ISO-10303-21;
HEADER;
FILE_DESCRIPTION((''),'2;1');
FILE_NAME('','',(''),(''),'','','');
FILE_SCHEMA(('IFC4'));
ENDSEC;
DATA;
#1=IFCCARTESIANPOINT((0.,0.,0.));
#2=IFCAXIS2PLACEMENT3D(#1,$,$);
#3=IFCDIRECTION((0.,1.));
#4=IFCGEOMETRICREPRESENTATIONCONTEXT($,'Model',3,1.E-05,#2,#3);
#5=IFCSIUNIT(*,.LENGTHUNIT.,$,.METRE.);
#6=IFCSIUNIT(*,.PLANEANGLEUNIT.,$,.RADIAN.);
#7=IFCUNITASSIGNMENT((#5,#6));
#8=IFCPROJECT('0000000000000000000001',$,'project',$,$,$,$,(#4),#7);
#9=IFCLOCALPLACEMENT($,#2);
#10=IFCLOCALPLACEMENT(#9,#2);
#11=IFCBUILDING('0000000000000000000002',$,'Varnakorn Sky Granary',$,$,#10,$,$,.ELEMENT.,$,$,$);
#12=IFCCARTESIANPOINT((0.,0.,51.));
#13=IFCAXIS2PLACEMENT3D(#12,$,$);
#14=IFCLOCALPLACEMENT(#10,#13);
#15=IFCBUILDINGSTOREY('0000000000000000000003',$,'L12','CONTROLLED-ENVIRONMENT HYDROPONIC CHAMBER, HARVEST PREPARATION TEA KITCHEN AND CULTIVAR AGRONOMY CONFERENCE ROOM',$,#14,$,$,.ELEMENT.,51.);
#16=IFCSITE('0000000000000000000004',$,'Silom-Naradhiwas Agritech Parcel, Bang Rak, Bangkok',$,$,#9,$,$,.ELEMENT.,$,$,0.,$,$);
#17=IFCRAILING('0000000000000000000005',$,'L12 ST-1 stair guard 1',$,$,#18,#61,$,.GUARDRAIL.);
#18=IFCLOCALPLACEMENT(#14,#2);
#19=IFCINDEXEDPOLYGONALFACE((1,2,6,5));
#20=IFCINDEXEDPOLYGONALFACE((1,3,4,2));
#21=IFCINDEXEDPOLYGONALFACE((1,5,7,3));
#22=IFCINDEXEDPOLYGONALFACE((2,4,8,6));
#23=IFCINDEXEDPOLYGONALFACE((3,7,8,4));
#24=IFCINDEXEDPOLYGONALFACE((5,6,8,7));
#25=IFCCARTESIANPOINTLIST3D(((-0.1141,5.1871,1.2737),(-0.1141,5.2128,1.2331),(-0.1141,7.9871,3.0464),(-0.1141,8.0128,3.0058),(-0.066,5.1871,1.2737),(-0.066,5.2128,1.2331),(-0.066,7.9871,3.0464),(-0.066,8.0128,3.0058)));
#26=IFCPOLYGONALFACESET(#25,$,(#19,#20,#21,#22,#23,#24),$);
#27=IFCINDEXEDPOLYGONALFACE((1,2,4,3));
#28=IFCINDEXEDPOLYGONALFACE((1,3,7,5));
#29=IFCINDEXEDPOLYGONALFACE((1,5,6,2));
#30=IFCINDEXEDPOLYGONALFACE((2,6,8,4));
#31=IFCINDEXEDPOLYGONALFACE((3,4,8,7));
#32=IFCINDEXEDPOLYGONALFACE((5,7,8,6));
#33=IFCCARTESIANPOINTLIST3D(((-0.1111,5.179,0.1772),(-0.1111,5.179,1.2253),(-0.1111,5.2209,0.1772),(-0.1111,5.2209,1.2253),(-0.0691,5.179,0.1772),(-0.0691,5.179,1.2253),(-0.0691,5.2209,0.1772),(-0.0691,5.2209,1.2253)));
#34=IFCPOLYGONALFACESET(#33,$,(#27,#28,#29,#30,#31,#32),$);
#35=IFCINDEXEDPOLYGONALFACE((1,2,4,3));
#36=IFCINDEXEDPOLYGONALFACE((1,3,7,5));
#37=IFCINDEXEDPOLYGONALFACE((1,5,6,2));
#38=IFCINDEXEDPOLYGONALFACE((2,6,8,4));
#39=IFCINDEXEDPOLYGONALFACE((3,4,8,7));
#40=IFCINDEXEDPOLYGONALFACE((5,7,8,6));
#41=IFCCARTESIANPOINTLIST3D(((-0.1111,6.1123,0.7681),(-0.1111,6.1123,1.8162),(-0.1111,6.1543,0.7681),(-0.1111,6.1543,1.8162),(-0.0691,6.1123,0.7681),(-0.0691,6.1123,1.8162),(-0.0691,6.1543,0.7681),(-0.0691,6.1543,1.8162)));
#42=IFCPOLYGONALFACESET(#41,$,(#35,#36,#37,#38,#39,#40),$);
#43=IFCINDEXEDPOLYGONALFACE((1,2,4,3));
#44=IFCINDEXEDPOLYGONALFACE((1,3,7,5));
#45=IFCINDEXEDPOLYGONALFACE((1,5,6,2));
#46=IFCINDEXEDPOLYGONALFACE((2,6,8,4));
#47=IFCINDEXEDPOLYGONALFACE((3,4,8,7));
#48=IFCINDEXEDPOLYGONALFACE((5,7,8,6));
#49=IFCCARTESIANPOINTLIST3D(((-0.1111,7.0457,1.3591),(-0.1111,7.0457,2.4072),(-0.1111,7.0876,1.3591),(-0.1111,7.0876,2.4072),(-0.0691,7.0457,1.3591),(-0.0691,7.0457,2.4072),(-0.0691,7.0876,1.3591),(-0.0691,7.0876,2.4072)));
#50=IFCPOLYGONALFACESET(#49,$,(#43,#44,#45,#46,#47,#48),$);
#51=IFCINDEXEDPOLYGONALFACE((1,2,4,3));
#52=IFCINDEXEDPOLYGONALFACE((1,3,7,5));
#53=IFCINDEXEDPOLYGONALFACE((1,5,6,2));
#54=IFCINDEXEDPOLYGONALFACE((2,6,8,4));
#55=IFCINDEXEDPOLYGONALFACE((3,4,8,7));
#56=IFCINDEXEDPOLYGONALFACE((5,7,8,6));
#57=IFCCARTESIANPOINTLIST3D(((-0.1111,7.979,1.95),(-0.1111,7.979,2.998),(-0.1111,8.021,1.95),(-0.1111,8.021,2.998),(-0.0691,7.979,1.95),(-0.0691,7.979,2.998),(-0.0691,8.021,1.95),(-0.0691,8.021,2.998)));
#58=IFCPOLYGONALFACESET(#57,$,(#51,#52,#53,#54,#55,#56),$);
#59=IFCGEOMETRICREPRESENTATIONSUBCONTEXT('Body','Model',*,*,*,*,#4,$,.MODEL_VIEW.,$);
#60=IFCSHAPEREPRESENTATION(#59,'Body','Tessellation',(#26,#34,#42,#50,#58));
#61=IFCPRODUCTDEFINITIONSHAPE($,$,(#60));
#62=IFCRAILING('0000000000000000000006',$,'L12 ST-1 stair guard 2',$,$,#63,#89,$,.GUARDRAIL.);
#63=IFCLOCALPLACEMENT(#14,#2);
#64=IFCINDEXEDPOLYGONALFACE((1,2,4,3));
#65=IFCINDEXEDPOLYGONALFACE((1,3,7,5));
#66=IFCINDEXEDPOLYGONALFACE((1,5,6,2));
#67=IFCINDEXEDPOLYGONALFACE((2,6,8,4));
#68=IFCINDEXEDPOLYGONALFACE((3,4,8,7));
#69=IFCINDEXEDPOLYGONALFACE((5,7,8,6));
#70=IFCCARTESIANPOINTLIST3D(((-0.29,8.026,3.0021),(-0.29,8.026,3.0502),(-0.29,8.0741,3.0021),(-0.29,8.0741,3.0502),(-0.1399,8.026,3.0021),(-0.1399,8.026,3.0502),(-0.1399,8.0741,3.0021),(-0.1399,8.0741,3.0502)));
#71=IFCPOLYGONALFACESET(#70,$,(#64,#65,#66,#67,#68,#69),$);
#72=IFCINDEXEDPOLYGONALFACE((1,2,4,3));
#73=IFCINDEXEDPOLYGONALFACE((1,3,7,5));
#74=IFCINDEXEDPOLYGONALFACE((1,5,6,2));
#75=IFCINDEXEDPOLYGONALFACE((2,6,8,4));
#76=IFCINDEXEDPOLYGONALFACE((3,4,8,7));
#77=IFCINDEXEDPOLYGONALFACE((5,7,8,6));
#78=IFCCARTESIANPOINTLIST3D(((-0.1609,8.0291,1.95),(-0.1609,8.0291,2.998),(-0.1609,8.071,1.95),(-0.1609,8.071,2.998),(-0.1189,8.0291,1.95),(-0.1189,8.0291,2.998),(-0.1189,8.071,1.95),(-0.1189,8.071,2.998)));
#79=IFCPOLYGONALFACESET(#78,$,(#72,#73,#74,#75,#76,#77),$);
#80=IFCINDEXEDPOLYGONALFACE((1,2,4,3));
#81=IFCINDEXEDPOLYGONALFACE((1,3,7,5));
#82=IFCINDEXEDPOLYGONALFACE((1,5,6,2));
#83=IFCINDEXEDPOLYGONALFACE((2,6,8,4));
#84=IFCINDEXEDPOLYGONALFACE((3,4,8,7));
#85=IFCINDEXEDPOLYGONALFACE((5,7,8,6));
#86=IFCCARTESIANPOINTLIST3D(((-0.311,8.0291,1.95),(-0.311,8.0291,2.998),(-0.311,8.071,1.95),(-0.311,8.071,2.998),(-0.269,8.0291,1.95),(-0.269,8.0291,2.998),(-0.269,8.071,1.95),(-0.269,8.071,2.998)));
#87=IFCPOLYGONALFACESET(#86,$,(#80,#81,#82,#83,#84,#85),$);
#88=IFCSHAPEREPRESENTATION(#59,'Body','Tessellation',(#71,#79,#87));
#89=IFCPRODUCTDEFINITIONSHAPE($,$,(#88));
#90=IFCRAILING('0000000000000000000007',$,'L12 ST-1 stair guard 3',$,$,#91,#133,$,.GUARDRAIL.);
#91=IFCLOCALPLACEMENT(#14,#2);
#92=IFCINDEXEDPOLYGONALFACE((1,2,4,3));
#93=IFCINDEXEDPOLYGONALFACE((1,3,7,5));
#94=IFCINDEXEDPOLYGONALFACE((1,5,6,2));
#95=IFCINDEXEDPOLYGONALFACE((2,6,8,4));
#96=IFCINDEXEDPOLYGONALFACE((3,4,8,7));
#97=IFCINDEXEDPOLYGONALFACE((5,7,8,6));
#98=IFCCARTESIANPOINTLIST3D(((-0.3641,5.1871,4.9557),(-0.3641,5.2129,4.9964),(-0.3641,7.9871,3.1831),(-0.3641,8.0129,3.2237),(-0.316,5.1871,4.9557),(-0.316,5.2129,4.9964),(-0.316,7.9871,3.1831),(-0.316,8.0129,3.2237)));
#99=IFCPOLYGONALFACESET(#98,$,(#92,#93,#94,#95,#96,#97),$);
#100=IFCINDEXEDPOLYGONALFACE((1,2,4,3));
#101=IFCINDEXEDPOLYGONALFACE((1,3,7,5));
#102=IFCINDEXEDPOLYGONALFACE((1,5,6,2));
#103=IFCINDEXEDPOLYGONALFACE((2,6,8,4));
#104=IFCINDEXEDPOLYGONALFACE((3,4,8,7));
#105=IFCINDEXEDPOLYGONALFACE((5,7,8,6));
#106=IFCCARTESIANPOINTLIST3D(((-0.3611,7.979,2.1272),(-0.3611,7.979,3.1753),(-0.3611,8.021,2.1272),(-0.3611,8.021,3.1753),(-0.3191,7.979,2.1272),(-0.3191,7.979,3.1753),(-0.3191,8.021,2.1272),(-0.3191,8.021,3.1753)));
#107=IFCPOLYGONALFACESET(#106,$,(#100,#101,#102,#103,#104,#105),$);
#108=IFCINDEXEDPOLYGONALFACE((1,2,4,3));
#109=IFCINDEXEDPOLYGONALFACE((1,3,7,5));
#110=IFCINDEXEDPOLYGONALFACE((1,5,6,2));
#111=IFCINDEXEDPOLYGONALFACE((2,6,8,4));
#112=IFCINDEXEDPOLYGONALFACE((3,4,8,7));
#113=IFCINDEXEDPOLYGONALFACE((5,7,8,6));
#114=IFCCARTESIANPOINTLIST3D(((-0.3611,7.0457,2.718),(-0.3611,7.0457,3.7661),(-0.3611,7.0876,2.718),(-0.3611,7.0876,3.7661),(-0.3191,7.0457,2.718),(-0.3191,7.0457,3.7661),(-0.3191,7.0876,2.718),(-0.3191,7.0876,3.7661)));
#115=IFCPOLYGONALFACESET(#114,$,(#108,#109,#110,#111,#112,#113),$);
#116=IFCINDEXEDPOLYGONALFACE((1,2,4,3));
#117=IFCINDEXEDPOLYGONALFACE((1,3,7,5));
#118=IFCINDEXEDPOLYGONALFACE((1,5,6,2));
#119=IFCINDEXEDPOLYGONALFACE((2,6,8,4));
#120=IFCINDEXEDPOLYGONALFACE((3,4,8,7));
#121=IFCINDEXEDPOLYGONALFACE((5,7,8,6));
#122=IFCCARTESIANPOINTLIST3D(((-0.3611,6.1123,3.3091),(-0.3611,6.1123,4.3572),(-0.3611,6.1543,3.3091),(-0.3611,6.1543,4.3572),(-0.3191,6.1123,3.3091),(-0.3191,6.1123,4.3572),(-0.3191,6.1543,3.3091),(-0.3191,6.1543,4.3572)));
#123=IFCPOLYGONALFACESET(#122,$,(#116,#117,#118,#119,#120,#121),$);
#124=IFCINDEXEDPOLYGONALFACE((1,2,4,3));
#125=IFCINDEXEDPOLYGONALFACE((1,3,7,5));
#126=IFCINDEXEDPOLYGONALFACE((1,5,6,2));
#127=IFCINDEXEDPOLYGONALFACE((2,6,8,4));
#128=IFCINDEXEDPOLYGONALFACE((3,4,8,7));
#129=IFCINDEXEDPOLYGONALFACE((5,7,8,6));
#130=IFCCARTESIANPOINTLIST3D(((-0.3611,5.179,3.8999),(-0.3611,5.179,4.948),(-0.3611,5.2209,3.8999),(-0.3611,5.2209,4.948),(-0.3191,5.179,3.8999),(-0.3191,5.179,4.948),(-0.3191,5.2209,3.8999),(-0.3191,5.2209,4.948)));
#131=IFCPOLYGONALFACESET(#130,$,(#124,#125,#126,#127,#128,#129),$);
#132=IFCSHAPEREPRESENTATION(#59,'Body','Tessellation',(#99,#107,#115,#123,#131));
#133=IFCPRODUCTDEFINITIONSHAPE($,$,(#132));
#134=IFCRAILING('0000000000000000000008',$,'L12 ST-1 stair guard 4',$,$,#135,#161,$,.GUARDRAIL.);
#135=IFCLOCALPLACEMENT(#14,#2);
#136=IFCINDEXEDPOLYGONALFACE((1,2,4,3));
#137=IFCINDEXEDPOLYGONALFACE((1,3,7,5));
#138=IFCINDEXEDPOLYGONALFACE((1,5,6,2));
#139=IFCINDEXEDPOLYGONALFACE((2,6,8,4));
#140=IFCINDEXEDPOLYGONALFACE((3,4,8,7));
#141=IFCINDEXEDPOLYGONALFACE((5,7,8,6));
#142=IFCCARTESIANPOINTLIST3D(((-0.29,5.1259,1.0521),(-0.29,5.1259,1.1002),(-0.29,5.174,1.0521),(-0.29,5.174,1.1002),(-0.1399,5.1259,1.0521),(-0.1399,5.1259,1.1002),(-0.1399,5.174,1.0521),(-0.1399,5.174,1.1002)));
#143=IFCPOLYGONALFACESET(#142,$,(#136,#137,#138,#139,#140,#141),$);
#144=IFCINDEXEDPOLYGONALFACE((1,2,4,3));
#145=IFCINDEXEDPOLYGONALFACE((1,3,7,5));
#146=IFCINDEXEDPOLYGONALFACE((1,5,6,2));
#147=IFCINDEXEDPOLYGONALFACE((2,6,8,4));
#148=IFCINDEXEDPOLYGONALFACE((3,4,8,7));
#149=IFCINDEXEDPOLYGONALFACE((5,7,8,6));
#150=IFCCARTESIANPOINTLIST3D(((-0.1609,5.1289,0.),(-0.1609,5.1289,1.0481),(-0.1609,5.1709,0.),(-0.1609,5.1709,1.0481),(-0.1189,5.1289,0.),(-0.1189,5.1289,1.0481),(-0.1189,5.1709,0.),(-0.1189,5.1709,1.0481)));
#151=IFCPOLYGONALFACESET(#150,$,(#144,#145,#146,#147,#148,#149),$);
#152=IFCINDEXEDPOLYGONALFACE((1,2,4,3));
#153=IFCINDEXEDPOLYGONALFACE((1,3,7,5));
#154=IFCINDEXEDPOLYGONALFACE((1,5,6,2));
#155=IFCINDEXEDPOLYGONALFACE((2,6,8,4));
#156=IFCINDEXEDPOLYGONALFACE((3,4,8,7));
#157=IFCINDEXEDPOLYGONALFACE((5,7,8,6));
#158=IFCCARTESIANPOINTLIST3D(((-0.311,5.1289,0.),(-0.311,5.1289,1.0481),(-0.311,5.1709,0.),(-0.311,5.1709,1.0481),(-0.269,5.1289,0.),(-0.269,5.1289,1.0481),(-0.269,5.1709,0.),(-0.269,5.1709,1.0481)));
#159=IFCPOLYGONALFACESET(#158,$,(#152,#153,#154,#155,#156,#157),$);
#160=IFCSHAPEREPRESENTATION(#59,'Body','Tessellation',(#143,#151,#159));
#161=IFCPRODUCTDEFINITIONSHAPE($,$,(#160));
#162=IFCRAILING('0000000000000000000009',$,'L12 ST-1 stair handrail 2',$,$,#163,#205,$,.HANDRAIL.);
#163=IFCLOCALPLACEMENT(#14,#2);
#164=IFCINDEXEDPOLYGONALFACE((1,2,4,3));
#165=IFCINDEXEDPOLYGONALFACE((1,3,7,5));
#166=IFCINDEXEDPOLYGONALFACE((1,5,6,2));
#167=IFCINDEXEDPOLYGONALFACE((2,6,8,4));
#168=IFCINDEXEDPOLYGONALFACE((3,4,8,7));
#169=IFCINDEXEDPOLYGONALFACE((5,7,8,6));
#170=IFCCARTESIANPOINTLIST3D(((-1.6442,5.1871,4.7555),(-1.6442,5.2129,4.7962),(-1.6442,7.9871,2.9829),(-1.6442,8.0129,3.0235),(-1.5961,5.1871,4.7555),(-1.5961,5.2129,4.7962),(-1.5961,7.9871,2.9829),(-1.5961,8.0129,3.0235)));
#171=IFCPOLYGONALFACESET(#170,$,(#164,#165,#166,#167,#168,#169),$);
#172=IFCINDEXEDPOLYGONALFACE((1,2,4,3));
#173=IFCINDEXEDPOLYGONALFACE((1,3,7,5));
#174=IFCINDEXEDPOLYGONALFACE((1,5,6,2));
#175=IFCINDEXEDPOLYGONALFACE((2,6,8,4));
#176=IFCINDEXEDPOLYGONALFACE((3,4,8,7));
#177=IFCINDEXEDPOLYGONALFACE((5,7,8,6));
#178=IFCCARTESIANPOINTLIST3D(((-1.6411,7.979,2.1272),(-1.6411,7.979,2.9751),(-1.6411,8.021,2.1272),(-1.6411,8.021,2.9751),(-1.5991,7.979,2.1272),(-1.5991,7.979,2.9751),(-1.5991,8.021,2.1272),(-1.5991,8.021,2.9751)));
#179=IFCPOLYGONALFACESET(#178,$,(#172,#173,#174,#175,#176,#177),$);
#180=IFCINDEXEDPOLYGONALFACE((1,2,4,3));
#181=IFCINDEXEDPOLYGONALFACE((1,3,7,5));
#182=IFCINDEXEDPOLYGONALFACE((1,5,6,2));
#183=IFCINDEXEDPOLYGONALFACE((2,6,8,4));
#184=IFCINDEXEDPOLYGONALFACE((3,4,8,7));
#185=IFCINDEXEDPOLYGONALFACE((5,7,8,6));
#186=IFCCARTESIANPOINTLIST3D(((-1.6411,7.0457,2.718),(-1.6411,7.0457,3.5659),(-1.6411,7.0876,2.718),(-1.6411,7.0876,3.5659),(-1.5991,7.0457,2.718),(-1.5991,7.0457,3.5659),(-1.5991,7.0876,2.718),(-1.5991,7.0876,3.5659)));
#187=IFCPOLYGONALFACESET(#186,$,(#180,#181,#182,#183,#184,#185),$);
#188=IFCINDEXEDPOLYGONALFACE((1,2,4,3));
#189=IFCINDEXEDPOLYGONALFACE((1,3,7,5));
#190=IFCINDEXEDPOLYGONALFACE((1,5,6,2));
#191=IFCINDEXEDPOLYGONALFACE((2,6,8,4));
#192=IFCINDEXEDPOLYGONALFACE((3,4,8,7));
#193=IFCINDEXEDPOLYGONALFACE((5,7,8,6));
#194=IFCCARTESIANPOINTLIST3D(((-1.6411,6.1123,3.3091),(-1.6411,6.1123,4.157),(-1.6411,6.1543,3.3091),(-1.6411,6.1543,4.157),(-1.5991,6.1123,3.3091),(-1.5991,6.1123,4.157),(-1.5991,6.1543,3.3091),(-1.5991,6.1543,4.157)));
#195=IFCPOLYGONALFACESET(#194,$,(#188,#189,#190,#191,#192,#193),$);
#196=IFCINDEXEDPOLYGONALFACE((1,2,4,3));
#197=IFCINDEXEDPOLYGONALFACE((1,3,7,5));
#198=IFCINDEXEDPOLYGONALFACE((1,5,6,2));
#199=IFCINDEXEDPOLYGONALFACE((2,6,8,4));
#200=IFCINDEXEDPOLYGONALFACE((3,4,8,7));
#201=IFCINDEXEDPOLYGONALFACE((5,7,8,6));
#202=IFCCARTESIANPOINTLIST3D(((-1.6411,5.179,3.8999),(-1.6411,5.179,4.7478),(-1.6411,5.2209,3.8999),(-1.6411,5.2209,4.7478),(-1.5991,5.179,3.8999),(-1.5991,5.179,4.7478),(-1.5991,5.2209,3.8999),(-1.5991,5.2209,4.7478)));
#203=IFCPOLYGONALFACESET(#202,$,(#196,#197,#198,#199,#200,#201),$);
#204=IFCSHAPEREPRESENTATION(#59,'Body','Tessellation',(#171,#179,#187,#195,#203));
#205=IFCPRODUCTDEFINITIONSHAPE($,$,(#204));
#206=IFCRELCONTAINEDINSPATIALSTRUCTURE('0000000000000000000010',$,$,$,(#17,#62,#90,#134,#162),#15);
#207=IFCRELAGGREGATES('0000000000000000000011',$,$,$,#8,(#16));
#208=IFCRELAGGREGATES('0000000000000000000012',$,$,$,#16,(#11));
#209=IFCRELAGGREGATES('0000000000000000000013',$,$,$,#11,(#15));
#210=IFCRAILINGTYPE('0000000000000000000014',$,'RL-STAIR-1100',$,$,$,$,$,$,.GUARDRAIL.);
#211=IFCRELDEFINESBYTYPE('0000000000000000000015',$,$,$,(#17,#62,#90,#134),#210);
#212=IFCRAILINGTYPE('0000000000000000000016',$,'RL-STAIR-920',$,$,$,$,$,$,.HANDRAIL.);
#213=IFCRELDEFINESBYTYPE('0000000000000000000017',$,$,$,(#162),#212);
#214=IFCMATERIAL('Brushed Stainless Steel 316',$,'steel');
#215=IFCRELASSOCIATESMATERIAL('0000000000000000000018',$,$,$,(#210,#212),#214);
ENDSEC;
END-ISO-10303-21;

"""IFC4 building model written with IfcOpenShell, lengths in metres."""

from ifc_helpers import new_model, si_unit, direction, frame, origin, origin_2d, place, context, subcontext, project, spatial, rectangle, extrude, material, type_object, element, save


model = new_model("IFC4")

# Units and contexts
model_context = context("Model", 3, precision=1e-05, world=origin(), true_north=direction((0.0, 1.0)))
body_context = subcontext(model_context, "Body", "Model", "MODEL_VIEW")
ifc_project = project(units=[si_unit("LENGTHUNIT", "METRE"), si_unit("PLANEANGLEUNIT", "RADIAN")], contexts=[model_context])

# Site, building, storey
site_placement = place(None, origin())
site = spatial("IfcSite", under=ifc_project, at=site_placement, Name="Silom-Naradhiwas Agritech Parcel, Bang Rak, Bangkok", CompositionType="ELEMENT", RefElevation=0.0)
building_placement = place(site_placement, origin())
building = spatial("IfcBuilding", under=site, at=building_placement, Name="Varnakorn Sky Granary", CompositionType="ELEMENT")
storey_placement = place(building_placement, frame((0.0, 0.0, 51.0)))
storey = spatial("IfcBuildingStorey", under=building, at=storey_placement, Name="L12", Description="CONTROLLED-ENVIRONMENT HYDROPONIC CHAMBER, HARVEST PREPARATION TEA KITCHEN AND CULTIVAR AGRONOMY CONFERENCE ROOM", CompositionType="ELEMENT", Elevation=51.0)

# Railings
ifc_material_1 = material(Name="Brushed Stainless Steel 316", Category="steel")
railing_type_1 = type_object("IfcRailingType", Name="RL-STAIR-1100", PredefinedType="GUARDRAIL", material=ifc_material_1)
railing_1_placement = place(storey_placement, frame((-0.0901, 5.2, 0.1772)))
element("IfcRailing", 1, at=railing_1_placement, inside=storey, type_object=railing_type_1, Name="L12 ST-1 stair guard 1", PredefinedType="GUARDRAIL", context=body_context, shape_type="SweptSolid", body=[
    extrude(rectangle(XDim=0.0481, YDim=0.0481, at=origin_2d()), frame((0.0, 0.0, 1.0762), z_axis=(0.0, 0.844909, 0.53491), x_axis=(-1.0, 0.0, 0.0)), (0.0, 0.0, 1.0), 3.314),
    extrude(rectangle(XDim=0.042, YDim=0.042, at=origin_2d()), origin(), (0.0, 0.0, 1.0), 1.0481),
    extrude(rectangle(XDim=0.042, YDim=0.042, at=origin_2d()), frame((0.0, 0.9333, 0.5908)), (0.0, 0.0, 1.0), 1.0481),
    extrude(rectangle(XDim=0.042, YDim=0.042, at=origin_2d()), frame((0.0, 1.8667, 1.1819)), (0.0, 0.0, 1.0), 1.0481),
    extrude(rectangle(XDim=0.042, YDim=0.042, at=origin_2d()), frame((0.0, 2.8, 1.7727)), (0.0, 0.0, 1.0), 1.0481),
])
railing_2_placement = place(storey_placement, frame((-0.1399, 8.05, 1.95)))
element("IfcRailing", 2, at=railing_2_placement, inside=storey, type_object=railing_type_1, Name="L12 ST-1 stair guard 2", PredefinedType="GUARDRAIL", context=body_context, shape_type="SweptSolid", body=[
    extrude(rectangle(XDim=0.0481, YDim=0.0481, at=origin_2d()), frame((0.0, 0.0, 1.0762), z_axis=(-1.0, 0.0, 0.0), x_axis=(0.0, -1.0, 0.0)), (0.0, 0.0, 1.0), 0.1501),
    extrude(rectangle(XDim=0.042, YDim=0.042, at=origin_2d()), origin(), (0.0, 0.0, 1.0), 1.0481),
    extrude(rectangle(XDim=0.042, YDim=0.042, at=origin_2d()), frame((-0.1501, 0.0, 0.0)), (0.0, 0.0, 1.0), 1.0481),
])
railing_3_placement = place(storey_placement, frame((-0.3401, 8.0, 2.1272)))
element("IfcRailing", 3, at=railing_3_placement, inside=storey, type_object=railing_type_1, Name="L12 ST-1 stair guard 3", PredefinedType="GUARDRAIL", context=body_context, shape_type="SweptSolid", body=[
    extrude(rectangle(XDim=0.0481, YDim=0.0481, at=origin_2d()), frame((0.0, 0.0, 1.0762), z_axis=(0.0, -0.844909, 0.53491), x_axis=(1.0, 0.0, 0.0)), (0.0, 0.0, 1.0), 3.314),
    extrude(rectangle(XDim=0.042, YDim=0.042, at=origin_2d()), origin(), (0.0, 0.0, 1.0), 1.0481),
    extrude(rectangle(XDim=0.042, YDim=0.042, at=origin_2d()), frame((0.0, -0.9333, 0.5908)), (0.0, 0.0, 1.0), 1.0481),
    extrude(rectangle(XDim=0.042, YDim=0.042, at=origin_2d()), frame((0.0, -1.8667, 1.1819)), (0.0, 0.0, 1.0), 1.0481),
    extrude(rectangle(XDim=0.042, YDim=0.042, at=origin_2d()), frame((0.0, -2.8, 1.7727)), (0.0, 0.0, 1.0), 1.0481),
])
railing_4_placement = place(storey_placement, frame((-0.1399, 5.1499, 0.0)))
element("IfcRailing", 4, at=railing_4_placement, inside=storey, type_object=railing_type_1, Name="L12 ST-1 stair guard 4", PredefinedType="GUARDRAIL", context=body_context, shape_type="SweptSolid", body=[
    extrude(rectangle(XDim=0.0481, YDim=0.0481, at=origin_2d()), frame((0.0, 0.0, 1.0762), z_axis=(-1.0, 0.0, 0.0), x_axis=(0.0, -1.0, 0.0)), (0.0, 0.0, 1.0), 0.1501),
    extrude(rectangle(XDim=0.042, YDim=0.042, at=origin_2d()), origin(), (0.0, 0.0, 1.0), 1.0481),
    extrude(rectangle(XDim=0.042, YDim=0.042, at=origin_2d()), frame((-0.1501, 0.0, 0.0)), (0.0, 0.0, 1.0), 1.0481),
])
railing_type_2 = type_object("IfcRailingType", Name="RL-STAIR-920", PredefinedType="HANDRAIL", material=ifc_material_1)
railing_5_placement = place(storey_placement, frame((-1.6201, 8.0, 2.1272)))
element("IfcRailing", 5, at=railing_5_placement, inside=storey, type_object=railing_type_2, Name="L12 ST-1 stair handrail 2", PredefinedType="HANDRAIL", context=body_context, shape_type="SweptSolid", body=[
    extrude(rectangle(XDim=0.0481, YDim=0.0481, at=origin_2d()), frame((0.0, 0.0, 0.876), z_axis=(0.0, -0.844909, 0.53491), x_axis=(1.0, 0.0, 0.0)), (0.0, 0.0, 1.0), 3.314),
    extrude(rectangle(XDim=0.042, YDim=0.042, at=origin_2d()), origin(), (0.0, 0.0, 1.0), 0.8479),
    extrude(rectangle(XDim=0.042, YDim=0.042, at=origin_2d()), frame((0.0, -0.9333, 0.5908)), (0.0, 0.0, 1.0), 0.8479),
    extrude(rectangle(XDim=0.042, YDim=0.042, at=origin_2d()), frame((0.0, -1.8667, 1.1819)), (0.0, 0.0, 1.0), 0.8479),
    extrude(rectangle(XDim=0.042, YDim=0.042, at=origin_2d()), frame((0.0, -2.8, 1.7727)), (0.0, 0.0, 1.0), 0.8479),
])

save(model, "model.ifc")
